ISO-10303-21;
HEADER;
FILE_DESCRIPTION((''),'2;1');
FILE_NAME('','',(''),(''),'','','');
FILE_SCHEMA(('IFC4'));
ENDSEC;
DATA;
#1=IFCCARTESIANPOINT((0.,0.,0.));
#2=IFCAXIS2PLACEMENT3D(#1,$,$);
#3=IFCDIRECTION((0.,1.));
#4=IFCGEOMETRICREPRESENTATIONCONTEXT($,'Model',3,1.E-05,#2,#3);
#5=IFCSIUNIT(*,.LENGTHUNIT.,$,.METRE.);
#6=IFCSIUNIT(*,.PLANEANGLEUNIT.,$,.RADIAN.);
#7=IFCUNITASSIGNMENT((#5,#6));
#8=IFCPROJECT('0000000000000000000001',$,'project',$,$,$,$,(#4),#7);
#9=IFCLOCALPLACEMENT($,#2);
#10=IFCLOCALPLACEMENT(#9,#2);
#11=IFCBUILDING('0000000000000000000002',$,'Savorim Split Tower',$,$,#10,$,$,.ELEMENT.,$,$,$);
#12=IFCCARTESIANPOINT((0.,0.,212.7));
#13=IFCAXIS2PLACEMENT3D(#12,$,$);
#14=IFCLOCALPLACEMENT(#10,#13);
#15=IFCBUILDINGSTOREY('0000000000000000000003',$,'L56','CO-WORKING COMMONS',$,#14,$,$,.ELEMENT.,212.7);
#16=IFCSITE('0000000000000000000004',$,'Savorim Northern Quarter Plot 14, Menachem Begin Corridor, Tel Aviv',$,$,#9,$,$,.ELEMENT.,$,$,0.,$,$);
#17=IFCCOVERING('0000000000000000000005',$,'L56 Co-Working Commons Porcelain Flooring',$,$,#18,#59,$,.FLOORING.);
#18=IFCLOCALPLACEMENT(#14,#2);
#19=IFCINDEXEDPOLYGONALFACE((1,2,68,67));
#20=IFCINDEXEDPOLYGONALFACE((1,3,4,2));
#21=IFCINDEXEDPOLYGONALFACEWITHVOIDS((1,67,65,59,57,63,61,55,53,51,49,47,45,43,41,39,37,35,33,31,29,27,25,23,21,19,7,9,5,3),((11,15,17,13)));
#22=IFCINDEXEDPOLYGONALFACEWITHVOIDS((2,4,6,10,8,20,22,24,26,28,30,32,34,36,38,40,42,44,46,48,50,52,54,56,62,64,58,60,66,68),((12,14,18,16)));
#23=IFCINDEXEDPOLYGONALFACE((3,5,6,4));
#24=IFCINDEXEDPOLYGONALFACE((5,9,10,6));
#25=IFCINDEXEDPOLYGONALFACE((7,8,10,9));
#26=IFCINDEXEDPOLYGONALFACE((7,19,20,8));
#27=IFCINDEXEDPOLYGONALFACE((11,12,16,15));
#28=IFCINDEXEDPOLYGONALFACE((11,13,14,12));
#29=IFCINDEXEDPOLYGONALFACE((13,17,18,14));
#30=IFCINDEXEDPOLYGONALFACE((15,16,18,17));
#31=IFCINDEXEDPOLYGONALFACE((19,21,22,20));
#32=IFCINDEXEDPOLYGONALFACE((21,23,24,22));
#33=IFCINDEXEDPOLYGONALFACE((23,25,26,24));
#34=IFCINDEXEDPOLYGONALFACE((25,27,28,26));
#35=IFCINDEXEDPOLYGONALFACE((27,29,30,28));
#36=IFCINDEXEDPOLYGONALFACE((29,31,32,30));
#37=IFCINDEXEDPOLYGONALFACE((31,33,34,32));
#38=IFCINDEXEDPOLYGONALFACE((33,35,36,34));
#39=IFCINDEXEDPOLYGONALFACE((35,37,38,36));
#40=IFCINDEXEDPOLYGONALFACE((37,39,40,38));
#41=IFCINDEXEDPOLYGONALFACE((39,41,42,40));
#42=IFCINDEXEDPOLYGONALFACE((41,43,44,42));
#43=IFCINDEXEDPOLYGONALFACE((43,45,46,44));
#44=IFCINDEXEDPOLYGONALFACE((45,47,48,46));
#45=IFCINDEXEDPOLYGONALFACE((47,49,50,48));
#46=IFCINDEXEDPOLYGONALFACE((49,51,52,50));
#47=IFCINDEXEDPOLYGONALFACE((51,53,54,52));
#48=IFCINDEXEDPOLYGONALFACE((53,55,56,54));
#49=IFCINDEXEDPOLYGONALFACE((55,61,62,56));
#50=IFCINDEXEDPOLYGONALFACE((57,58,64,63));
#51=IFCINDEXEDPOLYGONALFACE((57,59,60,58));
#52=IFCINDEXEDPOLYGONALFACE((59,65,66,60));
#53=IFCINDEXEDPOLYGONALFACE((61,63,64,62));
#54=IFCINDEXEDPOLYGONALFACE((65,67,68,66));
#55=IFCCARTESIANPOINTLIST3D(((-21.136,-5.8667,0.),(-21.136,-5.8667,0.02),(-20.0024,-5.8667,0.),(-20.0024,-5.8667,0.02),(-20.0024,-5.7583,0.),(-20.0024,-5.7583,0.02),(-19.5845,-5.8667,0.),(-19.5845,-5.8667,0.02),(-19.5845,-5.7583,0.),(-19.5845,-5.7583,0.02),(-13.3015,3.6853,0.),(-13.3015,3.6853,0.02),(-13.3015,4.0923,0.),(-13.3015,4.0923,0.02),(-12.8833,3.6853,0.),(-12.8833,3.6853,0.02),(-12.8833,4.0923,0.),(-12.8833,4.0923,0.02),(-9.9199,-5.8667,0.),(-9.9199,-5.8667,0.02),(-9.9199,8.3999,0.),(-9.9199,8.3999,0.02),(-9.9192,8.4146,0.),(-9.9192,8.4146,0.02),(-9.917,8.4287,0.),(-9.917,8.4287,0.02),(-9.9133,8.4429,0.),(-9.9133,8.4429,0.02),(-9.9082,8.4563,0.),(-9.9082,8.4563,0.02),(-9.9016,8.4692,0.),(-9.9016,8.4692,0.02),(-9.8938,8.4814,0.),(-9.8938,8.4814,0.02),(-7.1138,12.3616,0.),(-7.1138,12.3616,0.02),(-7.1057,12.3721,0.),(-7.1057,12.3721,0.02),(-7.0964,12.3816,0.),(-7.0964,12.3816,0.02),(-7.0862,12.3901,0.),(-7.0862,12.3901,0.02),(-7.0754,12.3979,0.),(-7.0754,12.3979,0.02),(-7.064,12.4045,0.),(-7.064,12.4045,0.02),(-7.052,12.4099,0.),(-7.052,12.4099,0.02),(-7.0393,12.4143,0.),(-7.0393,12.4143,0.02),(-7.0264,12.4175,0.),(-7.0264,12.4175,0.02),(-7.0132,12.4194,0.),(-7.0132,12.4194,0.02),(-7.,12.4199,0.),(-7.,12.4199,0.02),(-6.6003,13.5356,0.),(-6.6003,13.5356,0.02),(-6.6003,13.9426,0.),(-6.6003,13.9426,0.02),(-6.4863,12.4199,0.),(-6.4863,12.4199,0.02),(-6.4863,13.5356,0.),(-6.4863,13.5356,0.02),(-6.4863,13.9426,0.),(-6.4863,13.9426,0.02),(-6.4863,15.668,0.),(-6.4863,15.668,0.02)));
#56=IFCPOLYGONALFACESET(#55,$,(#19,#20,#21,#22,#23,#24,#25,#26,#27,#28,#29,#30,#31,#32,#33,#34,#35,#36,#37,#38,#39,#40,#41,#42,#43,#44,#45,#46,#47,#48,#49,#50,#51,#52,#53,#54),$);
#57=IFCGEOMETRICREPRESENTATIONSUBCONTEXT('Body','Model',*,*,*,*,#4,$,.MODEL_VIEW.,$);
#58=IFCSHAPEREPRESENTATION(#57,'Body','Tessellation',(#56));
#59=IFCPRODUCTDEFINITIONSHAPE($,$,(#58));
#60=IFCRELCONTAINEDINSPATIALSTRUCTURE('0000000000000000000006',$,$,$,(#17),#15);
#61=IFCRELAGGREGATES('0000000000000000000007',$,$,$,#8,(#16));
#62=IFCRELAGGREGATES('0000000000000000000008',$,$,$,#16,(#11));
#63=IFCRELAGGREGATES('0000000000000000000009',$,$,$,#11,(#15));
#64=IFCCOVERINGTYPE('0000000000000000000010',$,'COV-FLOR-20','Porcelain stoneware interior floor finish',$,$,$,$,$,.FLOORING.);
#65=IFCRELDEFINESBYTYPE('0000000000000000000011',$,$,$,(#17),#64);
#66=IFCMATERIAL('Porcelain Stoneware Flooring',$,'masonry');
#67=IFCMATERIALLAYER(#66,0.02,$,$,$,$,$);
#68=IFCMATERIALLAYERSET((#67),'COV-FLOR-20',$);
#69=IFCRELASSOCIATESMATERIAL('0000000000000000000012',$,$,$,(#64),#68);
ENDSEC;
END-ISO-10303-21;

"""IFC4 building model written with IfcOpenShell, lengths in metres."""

from ifc_helpers import new_model, si_unit, direction, frame, origin, place, context, subcontext, project, spatial, polyline, outline, extrude, material, layer, layer_set, type_object, element, save


model = new_model("IFC4")

# Units and contexts
model_context = context("Model", 3, precision=1e-05, world=origin(), true_north=direction((0.0, 1.0)))
body_context = subcontext(model_context, "Body", "Model", "MODEL_VIEW")
ifc_project = project(units=[si_unit("LENGTHUNIT", "METRE"), si_unit("PLANEANGLEUNIT", "RADIAN")], contexts=[model_context])

# Site, building, storey
site_placement = place(None, origin())
site = spatial("IfcSite", under=ifc_project, at=site_placement, Name="Savorim Northern Quarter Plot 14, Menachem Begin Corridor, Tel Aviv", CompositionType="ELEMENT", RefElevation=0.0)
building_placement = place(site_placement, origin())
building = spatial("IfcBuilding", under=site, at=building_placement, Name="Savorim Split Tower", CompositionType="ELEMENT")
storey_placement = place(building_placement, frame((0.0, 0.0, 212.7)))
storey = spatial("IfcBuildingStorey", under=building, at=storey_placement, Name="L56", Description="CO-WORKING COMMONS", CompositionType="ELEMENT", Elevation=212.7)

# Covering
ifc_material_1 = material(Name="Porcelain Stoneware Flooring", Category="masonry")
ifc_layer_1 = layer(ifc_material_1, 0.02)
ifc_layer_set_1 = layer_set([ifc_layer_1], Name="COV-FLOR-20")
covering_type_1 = type_object("IfcCoveringType", Name="COV-FLOR-20", Description="Porcelain stoneware interior floor finish", PredefinedType="FLOORING", material=ifc_layer_set_1)
covering_1_placement = place(storey_placement, origin())
element("IfcCovering", 1, at=covering_1_placement, inside=storey, type_object=covering_type_1, Name="L56 Co-Working Commons Porcelain Flooring", PredefinedType="FLOORING", context=body_context, shape_type="SweptSolid", body=[
    extrude(outline(polyline([(-7.0132, 12.4194), (-7.0, 12.4199), (-6.4863, 12.4199), (-6.4863, 13.5356), (-6.6003, 13.5356), (-6.6003, 13.9426), (-6.4863, 13.9426), (-6.4863, 15.668), (-21.136, -5.8667), (-20.0024, -5.8667), (-20.0024, -5.7583), (-19.5845, -5.7583), (-19.5845, -5.8667), (-9.9199, -5.8667), (-9.9199, 8.3999), (-9.9192, 8.4146), (-9.917, 8.4287), (-9.9133, 8.4429), (-9.9082, 8.4563), (-9.9016, 8.4692), (-9.8938, 8.4814), (-7.1138, 12.3616), (-7.1057, 12.3721), (-7.0964, 12.3816), (-7.0862, 12.3901), (-7.0754, 12.3979), (-7.064, 12.4045), (-7.052, 12.4099), (-7.0393, 12.4143), (-7.0264, 12.4175), (-7.0132, 12.4194)]), holes=[polyline([(-13.3015, 4.0923), (-13.3015, 3.6853), (-12.8833, 3.6853), (-12.8833, 4.0923), (-13.3015, 4.0923)])]), origin(), (0.0, 0.0, 1.0), 0.02),
])

save(model, "model.ifc")
